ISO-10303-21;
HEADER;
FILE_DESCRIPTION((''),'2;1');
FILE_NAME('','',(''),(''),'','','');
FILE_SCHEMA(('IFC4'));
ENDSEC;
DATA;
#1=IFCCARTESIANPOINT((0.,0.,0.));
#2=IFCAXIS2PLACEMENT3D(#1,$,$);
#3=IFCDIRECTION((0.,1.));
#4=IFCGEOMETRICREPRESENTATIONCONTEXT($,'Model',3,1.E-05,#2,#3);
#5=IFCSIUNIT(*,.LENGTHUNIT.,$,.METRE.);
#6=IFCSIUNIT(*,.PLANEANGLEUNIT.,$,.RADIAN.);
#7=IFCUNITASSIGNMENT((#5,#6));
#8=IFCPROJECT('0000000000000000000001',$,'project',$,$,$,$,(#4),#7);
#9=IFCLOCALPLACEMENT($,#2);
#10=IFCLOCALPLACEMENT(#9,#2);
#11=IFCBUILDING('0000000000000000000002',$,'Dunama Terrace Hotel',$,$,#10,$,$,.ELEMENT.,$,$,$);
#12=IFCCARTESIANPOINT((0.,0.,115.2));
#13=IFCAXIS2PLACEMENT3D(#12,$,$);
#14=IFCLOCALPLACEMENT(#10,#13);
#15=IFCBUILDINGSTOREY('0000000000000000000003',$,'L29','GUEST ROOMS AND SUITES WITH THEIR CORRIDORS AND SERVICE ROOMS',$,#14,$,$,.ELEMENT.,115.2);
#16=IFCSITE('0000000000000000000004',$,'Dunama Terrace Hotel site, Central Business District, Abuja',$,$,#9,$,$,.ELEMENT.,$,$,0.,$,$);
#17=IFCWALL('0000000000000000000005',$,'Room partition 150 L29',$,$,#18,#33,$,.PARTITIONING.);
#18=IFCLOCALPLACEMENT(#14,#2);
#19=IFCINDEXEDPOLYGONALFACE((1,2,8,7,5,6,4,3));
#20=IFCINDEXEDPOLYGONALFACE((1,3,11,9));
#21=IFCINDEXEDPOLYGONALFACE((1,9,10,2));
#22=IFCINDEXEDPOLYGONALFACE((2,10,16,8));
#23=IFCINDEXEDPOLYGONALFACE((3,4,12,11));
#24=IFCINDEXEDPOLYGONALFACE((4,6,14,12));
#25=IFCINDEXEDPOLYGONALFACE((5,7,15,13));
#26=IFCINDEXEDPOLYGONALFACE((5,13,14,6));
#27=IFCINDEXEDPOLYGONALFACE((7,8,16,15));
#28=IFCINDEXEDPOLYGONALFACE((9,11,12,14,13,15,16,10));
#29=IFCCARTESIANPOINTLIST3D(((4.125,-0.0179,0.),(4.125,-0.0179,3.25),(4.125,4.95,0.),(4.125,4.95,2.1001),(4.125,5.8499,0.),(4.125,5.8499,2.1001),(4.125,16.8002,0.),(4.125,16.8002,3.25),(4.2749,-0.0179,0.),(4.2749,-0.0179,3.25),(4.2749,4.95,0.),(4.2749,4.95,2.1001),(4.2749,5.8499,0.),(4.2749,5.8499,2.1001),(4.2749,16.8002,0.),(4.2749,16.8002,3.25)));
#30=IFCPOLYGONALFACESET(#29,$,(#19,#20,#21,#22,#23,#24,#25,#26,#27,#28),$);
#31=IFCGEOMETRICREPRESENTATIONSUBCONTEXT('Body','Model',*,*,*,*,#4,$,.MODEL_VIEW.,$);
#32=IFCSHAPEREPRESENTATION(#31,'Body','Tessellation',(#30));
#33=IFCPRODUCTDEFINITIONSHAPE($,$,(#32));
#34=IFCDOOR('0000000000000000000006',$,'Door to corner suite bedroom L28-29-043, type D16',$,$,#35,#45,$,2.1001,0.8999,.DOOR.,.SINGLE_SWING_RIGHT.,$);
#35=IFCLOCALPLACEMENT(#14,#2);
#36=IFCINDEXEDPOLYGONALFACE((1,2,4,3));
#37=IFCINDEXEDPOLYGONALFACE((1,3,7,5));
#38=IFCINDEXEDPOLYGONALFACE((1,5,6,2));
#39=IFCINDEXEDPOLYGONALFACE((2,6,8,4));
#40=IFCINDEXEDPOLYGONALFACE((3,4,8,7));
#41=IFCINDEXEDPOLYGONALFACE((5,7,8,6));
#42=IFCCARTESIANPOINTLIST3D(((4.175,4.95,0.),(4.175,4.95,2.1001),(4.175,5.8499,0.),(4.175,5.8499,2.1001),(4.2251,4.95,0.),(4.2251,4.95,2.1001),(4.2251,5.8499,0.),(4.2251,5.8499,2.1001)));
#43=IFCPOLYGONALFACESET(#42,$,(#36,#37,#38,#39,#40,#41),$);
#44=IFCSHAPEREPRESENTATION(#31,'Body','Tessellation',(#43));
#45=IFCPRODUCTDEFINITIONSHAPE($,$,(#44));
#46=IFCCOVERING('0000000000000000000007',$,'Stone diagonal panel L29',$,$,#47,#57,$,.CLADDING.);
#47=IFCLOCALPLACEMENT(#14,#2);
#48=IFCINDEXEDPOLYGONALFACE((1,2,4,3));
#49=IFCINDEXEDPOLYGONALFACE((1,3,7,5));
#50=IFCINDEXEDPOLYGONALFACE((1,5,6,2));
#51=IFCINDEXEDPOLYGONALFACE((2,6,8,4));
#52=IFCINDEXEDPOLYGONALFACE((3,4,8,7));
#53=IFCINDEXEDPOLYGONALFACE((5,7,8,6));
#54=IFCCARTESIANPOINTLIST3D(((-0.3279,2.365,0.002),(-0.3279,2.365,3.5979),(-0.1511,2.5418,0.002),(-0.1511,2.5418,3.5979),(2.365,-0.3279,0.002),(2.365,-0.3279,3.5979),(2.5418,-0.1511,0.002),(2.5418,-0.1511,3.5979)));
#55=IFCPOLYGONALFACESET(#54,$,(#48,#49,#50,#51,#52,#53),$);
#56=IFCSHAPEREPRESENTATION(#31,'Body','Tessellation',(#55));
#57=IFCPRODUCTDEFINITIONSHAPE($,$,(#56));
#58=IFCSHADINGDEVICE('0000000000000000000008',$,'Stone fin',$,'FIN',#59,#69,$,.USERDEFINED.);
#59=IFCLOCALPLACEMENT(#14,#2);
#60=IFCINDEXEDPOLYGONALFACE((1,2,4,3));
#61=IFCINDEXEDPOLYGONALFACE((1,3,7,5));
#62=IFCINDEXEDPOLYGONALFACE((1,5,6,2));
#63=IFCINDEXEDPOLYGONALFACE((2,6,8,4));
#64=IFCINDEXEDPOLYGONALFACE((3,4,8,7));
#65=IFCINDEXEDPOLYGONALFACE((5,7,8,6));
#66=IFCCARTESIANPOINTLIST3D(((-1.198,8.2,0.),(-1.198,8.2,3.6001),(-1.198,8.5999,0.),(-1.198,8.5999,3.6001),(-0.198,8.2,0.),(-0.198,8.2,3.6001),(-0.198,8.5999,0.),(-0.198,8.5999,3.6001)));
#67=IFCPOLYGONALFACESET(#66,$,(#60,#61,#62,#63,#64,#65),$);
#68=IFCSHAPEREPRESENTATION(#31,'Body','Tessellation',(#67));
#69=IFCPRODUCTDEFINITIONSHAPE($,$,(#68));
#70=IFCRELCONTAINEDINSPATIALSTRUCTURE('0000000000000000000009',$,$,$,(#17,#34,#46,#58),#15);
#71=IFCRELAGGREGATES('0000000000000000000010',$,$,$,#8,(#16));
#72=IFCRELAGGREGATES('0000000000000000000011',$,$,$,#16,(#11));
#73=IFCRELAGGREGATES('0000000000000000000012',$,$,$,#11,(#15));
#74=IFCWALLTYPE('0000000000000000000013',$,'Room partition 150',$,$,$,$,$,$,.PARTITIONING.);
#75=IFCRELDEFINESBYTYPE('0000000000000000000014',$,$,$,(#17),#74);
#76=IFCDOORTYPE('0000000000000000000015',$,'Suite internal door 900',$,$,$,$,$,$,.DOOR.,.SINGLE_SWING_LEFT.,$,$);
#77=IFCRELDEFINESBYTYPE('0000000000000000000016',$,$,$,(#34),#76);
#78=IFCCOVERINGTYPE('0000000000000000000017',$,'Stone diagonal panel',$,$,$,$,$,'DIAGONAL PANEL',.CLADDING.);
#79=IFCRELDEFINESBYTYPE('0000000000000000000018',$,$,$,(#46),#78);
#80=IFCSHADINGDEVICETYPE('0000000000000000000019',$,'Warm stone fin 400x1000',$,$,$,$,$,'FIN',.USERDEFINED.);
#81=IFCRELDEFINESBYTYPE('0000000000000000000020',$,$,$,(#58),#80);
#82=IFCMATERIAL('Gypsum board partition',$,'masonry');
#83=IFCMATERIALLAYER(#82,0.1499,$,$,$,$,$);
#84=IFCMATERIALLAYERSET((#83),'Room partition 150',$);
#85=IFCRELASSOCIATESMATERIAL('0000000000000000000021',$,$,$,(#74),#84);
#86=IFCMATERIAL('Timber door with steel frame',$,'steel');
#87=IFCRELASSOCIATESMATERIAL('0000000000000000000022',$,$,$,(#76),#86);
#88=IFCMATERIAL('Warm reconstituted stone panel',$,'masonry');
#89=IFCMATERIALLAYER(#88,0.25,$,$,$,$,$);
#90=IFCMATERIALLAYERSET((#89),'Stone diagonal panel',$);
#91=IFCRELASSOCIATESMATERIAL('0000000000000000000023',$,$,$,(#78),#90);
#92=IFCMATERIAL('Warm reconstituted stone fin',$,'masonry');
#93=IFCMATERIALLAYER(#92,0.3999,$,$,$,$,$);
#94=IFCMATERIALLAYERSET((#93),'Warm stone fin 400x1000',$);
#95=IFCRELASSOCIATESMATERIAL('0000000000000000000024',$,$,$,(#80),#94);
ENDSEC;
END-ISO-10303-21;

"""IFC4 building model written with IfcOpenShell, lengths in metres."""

from ifc_helpers import new_model, si_unit, direction, frame, frame_2d, origin, origin_2d, place, context, subcontext, project, spatial, rectangle, extrude, material, layer, layer_set, type_object, element, fill, save


model = new_model("IFC4")

# Units and contexts
model_context = context("Model", 3, precision=1e-05, world=origin(), true_north=direction((0.0, 1.0)))
body_context = subcontext(model_context, "Body", "Model", "MODEL_VIEW")
ifc_project = project(units=[si_unit("LENGTHUNIT", "METRE"), si_unit("PLANEANGLEUNIT", "RADIAN")], contexts=[model_context])

# Site, building, storey
site_placement = place(None, origin())
site = spatial("IfcSite", under=ifc_project, at=site_placement, Name="Dunama Terrace Hotel site, Central Business District, Abuja", CompositionType="ELEMENT", RefElevation=0.0)
building_placement = place(site_placement, origin())
building = spatial("IfcBuilding", under=site, at=building_placement, Name="Dunama Terrace Hotel", CompositionType="ELEMENT")
storey_placement = place(building_placement, frame((0.0, 0.0, 115.2)))
storey = spatial("IfcBuildingStorey", under=building, at=storey_placement, Name="L29", Description="GUEST ROOMS AND SUITES WITH THEIR CORRIDORS AND SERVICE ROOMS", CompositionType="ELEMENT", Elevation=115.2)

# Shared definitions
ifc_material_1 = material(Name="Gypsum board partition", Category="masonry")
ifc_layer_1 = layer(ifc_material_1, 0.1499)
ifc_layer_set_1 = layer_set([ifc_layer_1], Name="Room partition 150")
wall_type = type_object("IfcWallType", Name="Room partition 150", PredefinedType="PARTITIONING", material=ifc_layer_set_1)

# Wall, opening, door
wall_1_placement = place(storey_placement, frame((4.2, -0.0181, 0.0), z_axis=(0.0, 0.0, 1.0), x_axis=(0.0, 1.0, 0.0)))
wall_1 = element("IfcWall", 1, at=wall_1_placement, inside=storey, type_object=wall_type, Name="Room partition 150 L29", PredefinedType="PARTITIONING", context=body_context, shape_type="SweptSolid", body=[
    extrude(rectangle(XDim=16.8181, YDim=0.1499, at=frame_2d((8.4092, 0.0))), origin(), (0.0, 0.0, 1.0), 3.25),
])
opening_placement = place(wall_1_placement, frame((4.968, 0.0, 0.0)))
opening = element("IfcOpeningElement", 2, at=opening_placement, cuts=wall_1, PredefinedType="OPENING", context=body_context, shape_type="SweptSolid", body=[
    extrude(rectangle(XDim=0.8999, YDim=2.1001, at=frame_2d((0.45, 1.05))), frame((0.0, 0.085, 0.0), z_axis=(0.0, -1.0, 0.0), x_axis=(1.0, 0.0, 0.0)), (0.0, 0.0, 1.0), 0.1699),
])
ifc_material_2 = material(Name="Timber door with steel frame", Category="steel")
door_type = type_object("IfcDoorType", Name="Suite internal door 900", OperationType="SINGLE_SWING_LEFT", PredefinedType="DOOR", material=ifc_material_2)
door_placement = place(opening_placement, origin())
door = element("IfcDoor", 3, at=door_placement, inside=storey, type_object=door_type, Name="Door to corner suite bedroom L28-29-043, type D16", OperationType="SINGLE_SWING_RIGHT", OverallHeight=2.1001, OverallWidth=0.8999, PredefinedType="DOOR", context=body_context, shape_type="SweptSolid", body=[
    extrude(rectangle(XDim=0.8999, YDim=2.1001, at=frame_2d((0.45, 1.05))), frame((0.0, 0.0249, 0.0), z_axis=(0.0, -1.0, 0.0), x_axis=(1.0, 0.0, 0.0)), (0.0, 0.0, 1.0), 0.05),
])
fill(opening, door)

# Covering
ifc_material_3 = material(Name="Warm reconstituted stone panel", Category="masonry")
ifc_layer_2 = layer(ifc_material_3, 0.25)
ifc_layer_set_2 = layer_set([ifc_layer_2], Name="Stone diagonal panel")
covering_type = type_object("IfcCoveringType", Name="Stone diagonal panel", ElementType="DIAGONAL PANEL", PredefinedType="CLADDING", material=ifc_layer_set_2)
covering_placement = place(storey_placement, frame((1.1069, 1.1069, 0.002), z_axis=(0.0, 0.0, 1.0), x_axis=(0.707107, -0.707107, 0.0)))
element("IfcCovering", 4, at=covering_placement, inside=storey, type_object=covering_type, Name="Stone diagonal panel L29", PredefinedType="CLADDING", context=body_context, shape_type="SweptSolid", body=[
    extrude(rectangle(XDim=3.8083, YDim=0.25, at=origin_2d()), origin(), (0.0, 0.0, 1.0), 3.5959),
])

# Shading device
ifc_material_4 = material(Name="Warm reconstituted stone fin", Category="masonry")
ifc_layer_3 = layer(ifc_material_4, 0.3999)
ifc_layer_set_3 = layer_set([ifc_layer_3], Name="Warm stone fin 400x1000")
shading_device_type = type_object("IfcShadingDeviceType", Name="Warm stone fin 400x1000", ElementType="FIN", PredefinedType="USERDEFINED", material=ifc_layer_set_3)
shading_device_placement = place(storey_placement, frame((-0.698, 8.3999, 0.0), z_axis=(0.0, 0.0, 1.0), x_axis=(0.0, -1.0, 0.0)))
element("IfcShadingDevice", 5, at=shading_device_placement, inside=storey, type_object=shading_device_type, Name="Stone fin", ObjectType="FIN", PredefinedType="USERDEFINED", context=body_context, shape_type="SweptSolid", body=[
    extrude(rectangle(XDim=0.3999, YDim=1.0, at=origin_2d()), origin(), (0.0, 0.0, 1.0), 3.6001),
])

save(model, "model.ifc")
